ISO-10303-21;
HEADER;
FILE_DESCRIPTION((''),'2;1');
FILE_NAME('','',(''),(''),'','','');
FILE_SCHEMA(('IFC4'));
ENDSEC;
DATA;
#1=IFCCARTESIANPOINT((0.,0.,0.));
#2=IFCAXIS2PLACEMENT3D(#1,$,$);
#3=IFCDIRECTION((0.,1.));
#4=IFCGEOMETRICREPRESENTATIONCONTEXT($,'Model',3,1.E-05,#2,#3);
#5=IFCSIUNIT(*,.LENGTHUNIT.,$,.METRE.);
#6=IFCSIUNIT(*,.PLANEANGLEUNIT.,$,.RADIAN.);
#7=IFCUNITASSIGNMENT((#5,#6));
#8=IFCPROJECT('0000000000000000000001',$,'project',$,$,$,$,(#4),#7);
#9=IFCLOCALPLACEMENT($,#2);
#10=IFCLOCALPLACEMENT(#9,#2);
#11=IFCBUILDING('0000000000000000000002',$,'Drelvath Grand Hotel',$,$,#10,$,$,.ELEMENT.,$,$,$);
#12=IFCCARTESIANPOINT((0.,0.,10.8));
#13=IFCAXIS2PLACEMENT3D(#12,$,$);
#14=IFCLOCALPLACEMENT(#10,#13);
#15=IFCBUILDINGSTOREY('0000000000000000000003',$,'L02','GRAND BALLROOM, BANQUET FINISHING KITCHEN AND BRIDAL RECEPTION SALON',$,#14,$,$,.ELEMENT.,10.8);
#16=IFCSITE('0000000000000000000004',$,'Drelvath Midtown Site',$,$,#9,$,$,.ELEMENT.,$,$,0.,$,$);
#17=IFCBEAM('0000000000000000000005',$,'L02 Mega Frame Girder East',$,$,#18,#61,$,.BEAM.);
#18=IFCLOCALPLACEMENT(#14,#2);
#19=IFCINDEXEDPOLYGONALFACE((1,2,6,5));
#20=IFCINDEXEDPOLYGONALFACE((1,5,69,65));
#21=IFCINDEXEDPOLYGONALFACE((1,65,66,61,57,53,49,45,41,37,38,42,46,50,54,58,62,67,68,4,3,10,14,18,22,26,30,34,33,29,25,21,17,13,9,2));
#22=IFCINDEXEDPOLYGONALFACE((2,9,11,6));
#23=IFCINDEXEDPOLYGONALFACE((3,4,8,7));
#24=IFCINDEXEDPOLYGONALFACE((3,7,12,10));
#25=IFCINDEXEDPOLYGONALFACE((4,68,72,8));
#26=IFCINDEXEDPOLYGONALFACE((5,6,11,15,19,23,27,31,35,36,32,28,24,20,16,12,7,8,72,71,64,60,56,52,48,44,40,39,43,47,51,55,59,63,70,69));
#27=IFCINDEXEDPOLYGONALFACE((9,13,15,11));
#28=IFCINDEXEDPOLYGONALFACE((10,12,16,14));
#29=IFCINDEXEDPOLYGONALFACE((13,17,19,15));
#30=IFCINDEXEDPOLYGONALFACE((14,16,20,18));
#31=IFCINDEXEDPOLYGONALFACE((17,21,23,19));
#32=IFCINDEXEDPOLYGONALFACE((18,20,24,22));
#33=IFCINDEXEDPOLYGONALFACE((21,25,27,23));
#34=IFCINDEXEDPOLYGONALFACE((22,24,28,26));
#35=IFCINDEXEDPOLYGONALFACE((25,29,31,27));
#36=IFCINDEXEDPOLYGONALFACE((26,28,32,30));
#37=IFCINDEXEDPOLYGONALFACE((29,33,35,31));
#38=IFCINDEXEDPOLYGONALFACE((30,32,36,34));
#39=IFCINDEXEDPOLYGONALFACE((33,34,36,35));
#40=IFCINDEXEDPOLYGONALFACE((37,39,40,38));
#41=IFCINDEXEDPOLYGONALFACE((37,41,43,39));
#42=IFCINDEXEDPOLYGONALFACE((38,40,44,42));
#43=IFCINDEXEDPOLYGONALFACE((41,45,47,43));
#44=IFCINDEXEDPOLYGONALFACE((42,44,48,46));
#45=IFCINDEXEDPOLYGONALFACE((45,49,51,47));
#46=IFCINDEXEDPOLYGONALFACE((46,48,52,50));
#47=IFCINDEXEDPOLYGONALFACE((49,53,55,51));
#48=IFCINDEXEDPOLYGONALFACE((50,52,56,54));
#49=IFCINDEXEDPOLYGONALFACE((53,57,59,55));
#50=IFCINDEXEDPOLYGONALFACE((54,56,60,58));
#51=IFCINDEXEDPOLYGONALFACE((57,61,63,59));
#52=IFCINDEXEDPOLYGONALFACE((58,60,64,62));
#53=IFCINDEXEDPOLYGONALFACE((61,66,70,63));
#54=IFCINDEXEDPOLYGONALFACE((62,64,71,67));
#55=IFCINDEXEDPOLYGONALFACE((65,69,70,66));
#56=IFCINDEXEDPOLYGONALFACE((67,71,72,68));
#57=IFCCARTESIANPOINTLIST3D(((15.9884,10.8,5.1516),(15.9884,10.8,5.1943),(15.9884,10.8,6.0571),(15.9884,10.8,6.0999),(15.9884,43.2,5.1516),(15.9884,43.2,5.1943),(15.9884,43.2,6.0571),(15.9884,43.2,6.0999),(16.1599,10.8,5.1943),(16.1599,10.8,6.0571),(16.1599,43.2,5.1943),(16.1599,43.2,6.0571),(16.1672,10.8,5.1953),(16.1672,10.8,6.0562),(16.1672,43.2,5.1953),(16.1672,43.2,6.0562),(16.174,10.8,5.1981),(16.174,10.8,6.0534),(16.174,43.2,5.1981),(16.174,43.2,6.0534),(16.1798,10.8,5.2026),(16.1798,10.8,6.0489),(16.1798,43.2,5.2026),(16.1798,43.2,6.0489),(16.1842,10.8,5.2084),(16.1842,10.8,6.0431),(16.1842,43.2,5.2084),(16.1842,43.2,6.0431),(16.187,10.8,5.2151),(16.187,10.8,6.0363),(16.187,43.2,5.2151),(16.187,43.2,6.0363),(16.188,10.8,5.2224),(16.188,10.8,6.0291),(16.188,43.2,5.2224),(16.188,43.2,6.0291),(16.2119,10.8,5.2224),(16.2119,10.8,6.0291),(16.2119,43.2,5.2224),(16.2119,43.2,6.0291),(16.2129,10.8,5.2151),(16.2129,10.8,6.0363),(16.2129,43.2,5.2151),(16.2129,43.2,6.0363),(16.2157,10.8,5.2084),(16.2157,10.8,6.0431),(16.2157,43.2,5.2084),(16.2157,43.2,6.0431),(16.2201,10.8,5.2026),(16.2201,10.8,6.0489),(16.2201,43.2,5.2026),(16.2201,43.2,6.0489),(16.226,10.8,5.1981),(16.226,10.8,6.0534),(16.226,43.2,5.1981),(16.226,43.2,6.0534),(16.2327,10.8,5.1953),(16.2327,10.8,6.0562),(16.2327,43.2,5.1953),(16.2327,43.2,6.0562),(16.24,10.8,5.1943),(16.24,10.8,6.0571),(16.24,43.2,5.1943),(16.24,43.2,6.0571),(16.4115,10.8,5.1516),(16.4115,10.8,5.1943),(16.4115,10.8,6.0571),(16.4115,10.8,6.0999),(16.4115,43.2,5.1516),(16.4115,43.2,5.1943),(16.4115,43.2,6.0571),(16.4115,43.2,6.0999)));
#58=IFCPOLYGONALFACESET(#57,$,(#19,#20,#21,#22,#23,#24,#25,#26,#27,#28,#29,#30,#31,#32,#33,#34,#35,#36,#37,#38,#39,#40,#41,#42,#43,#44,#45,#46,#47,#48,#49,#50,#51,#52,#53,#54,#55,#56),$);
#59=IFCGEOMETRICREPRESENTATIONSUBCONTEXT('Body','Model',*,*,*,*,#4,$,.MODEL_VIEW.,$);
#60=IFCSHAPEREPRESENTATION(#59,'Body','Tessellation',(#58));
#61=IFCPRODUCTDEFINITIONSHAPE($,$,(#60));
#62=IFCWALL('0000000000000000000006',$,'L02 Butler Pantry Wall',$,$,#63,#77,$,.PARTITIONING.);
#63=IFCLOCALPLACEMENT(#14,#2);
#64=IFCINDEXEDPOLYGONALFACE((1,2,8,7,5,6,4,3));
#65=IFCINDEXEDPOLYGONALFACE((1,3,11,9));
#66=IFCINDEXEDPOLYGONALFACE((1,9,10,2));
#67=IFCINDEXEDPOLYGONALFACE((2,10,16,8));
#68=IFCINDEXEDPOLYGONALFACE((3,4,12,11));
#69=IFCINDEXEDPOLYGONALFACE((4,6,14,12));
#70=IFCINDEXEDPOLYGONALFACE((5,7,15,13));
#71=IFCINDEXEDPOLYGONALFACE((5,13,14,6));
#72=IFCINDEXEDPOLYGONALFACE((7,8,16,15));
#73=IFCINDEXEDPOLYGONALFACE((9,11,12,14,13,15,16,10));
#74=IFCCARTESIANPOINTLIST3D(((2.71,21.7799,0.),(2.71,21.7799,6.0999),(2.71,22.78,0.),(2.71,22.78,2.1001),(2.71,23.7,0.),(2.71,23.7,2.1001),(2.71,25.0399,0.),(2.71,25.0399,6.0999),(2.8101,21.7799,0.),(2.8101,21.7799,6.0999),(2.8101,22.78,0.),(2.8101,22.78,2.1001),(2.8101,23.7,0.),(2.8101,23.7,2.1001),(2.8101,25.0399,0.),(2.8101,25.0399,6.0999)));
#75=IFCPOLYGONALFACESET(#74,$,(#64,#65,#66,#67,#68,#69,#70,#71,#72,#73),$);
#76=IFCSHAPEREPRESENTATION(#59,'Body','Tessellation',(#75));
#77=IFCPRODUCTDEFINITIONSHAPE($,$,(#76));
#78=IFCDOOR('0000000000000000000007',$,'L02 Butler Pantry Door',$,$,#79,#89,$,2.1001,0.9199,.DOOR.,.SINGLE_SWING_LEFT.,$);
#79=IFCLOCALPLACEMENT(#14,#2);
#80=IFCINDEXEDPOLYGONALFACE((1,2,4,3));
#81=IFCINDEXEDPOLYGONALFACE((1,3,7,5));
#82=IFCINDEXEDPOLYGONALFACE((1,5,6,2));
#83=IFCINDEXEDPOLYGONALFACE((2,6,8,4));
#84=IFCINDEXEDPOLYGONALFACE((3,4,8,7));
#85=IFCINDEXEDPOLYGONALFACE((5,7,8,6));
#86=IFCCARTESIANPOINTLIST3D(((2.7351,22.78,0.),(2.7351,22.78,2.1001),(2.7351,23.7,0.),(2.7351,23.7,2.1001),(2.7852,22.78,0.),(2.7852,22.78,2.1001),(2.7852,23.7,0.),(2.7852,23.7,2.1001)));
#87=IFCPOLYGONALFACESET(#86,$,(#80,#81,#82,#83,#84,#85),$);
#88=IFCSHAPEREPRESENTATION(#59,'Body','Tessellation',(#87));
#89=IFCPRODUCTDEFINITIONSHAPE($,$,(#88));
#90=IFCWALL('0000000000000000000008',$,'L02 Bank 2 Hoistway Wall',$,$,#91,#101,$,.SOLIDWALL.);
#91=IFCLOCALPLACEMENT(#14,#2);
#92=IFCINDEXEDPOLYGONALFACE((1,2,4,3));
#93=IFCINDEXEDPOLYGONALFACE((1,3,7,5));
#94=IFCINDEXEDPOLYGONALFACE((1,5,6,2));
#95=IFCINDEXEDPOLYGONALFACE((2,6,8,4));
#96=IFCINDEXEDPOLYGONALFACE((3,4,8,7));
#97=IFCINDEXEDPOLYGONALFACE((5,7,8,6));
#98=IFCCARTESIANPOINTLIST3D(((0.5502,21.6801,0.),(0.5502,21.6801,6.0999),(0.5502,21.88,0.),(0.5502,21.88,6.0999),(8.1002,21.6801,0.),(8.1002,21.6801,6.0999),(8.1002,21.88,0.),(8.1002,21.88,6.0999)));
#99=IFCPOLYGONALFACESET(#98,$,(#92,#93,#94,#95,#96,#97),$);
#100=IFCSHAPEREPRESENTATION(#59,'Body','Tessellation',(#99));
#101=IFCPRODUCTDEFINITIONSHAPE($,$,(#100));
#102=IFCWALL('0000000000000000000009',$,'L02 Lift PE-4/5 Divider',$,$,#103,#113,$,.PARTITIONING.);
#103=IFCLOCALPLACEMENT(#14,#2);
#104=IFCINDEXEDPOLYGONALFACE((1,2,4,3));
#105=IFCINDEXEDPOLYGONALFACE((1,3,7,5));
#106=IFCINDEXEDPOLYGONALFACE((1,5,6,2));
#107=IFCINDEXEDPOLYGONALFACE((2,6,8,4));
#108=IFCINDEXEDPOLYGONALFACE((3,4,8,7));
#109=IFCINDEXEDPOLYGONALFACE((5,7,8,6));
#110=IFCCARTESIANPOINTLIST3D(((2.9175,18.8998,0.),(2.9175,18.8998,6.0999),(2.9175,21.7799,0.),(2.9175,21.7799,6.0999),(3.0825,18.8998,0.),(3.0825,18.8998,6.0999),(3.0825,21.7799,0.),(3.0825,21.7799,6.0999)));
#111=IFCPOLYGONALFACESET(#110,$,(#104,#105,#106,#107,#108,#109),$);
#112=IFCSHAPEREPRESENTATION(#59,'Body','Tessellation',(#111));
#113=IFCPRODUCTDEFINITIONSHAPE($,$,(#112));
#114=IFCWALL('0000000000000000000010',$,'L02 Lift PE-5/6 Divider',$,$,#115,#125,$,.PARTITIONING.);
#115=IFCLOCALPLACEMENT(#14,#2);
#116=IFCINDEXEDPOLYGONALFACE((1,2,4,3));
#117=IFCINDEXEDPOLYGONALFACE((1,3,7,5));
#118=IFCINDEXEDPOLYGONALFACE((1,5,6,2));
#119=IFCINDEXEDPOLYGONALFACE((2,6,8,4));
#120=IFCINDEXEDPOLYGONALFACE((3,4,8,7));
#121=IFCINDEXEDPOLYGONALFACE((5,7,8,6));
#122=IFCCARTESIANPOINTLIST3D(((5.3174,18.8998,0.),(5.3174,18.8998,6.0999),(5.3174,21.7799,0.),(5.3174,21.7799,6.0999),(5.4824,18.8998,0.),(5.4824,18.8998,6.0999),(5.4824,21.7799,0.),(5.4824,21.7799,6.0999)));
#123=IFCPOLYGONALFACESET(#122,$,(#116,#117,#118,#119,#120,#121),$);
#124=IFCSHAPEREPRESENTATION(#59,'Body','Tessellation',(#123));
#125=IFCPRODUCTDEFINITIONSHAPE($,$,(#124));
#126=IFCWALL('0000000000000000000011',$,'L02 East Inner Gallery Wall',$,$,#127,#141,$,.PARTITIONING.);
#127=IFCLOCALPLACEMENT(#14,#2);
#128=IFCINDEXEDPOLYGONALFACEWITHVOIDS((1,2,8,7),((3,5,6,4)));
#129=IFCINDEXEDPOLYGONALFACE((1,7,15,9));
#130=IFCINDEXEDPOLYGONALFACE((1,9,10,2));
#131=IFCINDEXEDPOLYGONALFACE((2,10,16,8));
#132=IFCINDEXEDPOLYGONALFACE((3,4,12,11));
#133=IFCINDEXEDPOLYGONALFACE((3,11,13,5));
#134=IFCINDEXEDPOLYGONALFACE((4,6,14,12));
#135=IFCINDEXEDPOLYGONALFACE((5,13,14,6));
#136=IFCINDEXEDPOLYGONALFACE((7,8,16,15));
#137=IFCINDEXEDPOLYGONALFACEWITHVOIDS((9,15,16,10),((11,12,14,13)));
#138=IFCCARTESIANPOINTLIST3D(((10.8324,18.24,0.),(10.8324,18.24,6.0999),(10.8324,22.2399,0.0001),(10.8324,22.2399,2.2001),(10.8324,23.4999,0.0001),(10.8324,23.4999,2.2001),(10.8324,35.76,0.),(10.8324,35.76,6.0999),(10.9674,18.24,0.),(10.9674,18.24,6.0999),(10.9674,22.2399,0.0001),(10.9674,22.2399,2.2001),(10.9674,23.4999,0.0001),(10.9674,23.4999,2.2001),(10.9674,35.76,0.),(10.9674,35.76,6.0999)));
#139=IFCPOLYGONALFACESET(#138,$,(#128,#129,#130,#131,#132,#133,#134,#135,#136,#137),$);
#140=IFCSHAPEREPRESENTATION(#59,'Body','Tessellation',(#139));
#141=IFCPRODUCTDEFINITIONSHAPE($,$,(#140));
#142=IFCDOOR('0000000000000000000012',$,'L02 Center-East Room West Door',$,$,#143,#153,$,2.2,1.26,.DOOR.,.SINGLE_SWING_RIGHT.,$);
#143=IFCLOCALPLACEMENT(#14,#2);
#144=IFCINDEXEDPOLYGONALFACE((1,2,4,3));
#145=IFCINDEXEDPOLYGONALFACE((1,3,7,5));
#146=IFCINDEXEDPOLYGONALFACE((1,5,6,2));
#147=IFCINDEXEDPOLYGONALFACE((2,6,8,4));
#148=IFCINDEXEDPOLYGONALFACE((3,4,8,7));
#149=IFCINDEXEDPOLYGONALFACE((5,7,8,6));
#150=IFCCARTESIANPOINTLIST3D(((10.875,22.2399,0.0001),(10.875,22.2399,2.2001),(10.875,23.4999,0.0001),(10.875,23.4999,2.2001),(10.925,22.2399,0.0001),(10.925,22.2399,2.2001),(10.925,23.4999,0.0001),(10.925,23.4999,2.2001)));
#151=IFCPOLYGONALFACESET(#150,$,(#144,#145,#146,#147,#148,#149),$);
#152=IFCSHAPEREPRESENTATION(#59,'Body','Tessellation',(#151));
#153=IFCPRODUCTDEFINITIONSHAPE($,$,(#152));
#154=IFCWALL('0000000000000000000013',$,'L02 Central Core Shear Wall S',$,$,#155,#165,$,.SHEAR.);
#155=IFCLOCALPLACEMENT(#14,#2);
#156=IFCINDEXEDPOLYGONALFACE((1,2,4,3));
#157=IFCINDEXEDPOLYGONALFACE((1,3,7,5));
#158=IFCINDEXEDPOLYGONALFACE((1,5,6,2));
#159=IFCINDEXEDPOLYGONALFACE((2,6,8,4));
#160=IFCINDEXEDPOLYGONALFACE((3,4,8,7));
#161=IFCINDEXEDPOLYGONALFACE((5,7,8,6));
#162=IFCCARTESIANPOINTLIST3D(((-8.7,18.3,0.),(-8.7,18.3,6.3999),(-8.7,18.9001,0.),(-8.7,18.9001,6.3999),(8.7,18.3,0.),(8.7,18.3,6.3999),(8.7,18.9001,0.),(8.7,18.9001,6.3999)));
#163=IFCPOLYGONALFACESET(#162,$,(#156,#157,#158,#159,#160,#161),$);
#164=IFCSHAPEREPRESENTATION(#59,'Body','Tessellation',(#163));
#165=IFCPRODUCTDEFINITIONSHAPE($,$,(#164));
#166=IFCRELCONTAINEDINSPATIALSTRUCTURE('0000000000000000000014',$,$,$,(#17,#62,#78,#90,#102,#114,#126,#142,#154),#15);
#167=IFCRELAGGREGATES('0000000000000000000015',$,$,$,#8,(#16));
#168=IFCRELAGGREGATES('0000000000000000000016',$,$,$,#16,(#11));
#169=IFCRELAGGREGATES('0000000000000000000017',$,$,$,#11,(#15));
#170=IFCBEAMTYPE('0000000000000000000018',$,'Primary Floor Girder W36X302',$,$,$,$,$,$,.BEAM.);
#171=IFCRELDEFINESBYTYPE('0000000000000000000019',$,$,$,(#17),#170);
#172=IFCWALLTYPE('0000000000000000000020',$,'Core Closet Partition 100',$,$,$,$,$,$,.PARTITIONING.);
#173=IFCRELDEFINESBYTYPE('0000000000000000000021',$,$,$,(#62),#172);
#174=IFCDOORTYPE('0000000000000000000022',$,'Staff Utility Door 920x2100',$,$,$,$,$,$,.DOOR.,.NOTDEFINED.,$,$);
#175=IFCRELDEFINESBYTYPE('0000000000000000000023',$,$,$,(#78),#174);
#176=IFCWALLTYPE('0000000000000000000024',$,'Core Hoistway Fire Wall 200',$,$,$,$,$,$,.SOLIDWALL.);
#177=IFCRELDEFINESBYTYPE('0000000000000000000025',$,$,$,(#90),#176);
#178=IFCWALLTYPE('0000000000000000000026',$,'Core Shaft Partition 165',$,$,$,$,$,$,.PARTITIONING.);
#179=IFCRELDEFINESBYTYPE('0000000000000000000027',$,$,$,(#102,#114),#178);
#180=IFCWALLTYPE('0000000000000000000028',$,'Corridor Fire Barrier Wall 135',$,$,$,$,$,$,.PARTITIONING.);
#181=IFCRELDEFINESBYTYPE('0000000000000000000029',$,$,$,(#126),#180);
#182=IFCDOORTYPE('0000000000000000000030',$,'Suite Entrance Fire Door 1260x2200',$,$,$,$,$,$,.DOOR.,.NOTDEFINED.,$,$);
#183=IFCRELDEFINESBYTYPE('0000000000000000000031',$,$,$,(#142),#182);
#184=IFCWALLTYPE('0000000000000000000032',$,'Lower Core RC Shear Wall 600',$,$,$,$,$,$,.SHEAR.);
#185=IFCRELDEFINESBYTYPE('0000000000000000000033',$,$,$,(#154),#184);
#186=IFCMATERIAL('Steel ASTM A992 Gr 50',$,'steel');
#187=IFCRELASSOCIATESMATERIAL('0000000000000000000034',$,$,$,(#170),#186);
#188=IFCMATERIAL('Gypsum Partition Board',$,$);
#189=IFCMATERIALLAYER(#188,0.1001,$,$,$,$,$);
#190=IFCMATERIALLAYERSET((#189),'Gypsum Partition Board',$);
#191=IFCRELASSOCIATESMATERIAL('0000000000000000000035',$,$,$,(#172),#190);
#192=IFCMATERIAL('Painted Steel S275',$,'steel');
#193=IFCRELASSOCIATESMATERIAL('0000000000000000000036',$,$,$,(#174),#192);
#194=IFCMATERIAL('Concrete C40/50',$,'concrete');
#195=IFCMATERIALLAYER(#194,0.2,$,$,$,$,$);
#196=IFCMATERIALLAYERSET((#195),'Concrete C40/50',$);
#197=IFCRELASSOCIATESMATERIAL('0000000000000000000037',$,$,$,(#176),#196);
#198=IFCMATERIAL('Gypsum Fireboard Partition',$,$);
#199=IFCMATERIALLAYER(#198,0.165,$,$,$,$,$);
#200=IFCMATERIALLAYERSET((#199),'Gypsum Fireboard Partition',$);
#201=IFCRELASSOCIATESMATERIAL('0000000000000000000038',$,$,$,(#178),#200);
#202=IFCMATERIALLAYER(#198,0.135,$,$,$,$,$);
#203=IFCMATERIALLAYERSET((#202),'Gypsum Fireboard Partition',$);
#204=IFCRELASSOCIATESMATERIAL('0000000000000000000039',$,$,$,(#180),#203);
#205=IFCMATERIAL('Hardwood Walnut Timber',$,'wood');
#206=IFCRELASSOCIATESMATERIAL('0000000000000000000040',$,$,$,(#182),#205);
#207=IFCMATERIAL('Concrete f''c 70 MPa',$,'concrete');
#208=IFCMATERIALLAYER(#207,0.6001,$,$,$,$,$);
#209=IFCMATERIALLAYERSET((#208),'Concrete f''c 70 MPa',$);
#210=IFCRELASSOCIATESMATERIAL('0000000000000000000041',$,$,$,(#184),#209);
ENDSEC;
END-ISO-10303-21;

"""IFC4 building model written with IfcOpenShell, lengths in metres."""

from ifc_helpers import new_model, si_unit, direction, frame, frame_2d, origin, origin_2d, place, context, subcontext, project, spatial, rectangle, i_section, extrude, material, layer, layer_set, material_profile, profile_set, type_object, element, fill, save


model = new_model("IFC4")

# Units and contexts
model_context = context("Model", 3, precision=1e-05, world=origin(), true_north=direction((0.0, 1.0)))
body_context = subcontext(model_context, "Body", "Model", "MODEL_VIEW")
ifc_project = project(units=[si_unit("LENGTHUNIT", "METRE"), si_unit("PLANEANGLEUNIT", "RADIAN")], contexts=[model_context])

# Site, building, storey
site_placement = place(None, origin())
site = spatial("IfcSite", under=ifc_project, at=site_placement, Name="Drelvath Midtown Site", CompositionType="ELEMENT", RefElevation=0.0)
building_placement = place(site_placement, origin())
building = spatial("IfcBuilding", under=site, at=building_placement, Name="Drelvath Grand Hotel", CompositionType="ELEMENT")
storey_placement = place(building_placement, frame((0.0, 0.0, 10.8)))
storey = spatial("IfcBuildingStorey", under=building, at=storey_placement, Name="L02", Description="GRAND BALLROOM, BANQUET FINISHING KITCHEN AND BRIDAL RECEPTION SALON", CompositionType="ELEMENT", Elevation=10.8)

# Beam
ifc_material_1 = material(Name="Steel ASTM A992 Gr 50", Category="steel")
ifc_material_2 = material(Name="Concrete f'c 70 MPa", Category="concrete")
ifc_material_profile_1 = material_profile(ifc_material_1, i_section(OverallWidth=0.4231, OverallDepth=0.9482, WebThickness=0.0239, FlangeThickness=0.0427, FilletRadius=0.0281, at=origin_2d()), Name="W36X302")
ifc_profile_set_1 = profile_set([ifc_material_profile_1], Name="Steel ASTM A992 Gr 50")
beam_type_1 = type_object("IfcBeamType", Name="Primary Floor Girder W36X302", PredefinedType="BEAM", material=ifc_profile_set_1)
beam_1_placement = place(storey_placement, frame((16.2, 10.8, 5.6257), z_axis=(0.0, 1.0, 0.0), x_axis=(-1.0, 0.0, 0.0)))
element("IfcBeam", 1, at=beam_1_placement, inside=storey, type_object=beam_type_1, Name="L02 Mega Frame Girder East", PredefinedType="BEAM", context=body_context, shape_type="SweptSolid", body=[
    extrude(i_section(OverallWidth=0.4231, OverallDepth=0.9482, WebThickness=0.0239, FlangeThickness=0.0427, FilletRadius=0.0281, at=origin_2d()), origin(), (0.0, 0.0, 1.0), 32.3999),
])

# Wall, opening, door
ifc_material_3 = material(Name="Gypsum Partition Board")
ifc_layer_1 = layer(ifc_material_3, 0.1001)
ifc_layer_set_1 = layer_set([ifc_layer_1], Name="Gypsum Partition Board")
wall_type_1 = type_object("IfcWallType", Name="Core Closet Partition 100", PredefinedType="PARTITIONING", material=ifc_layer_set_1)
wall_1_placement = place(storey_placement, frame((2.76, 21.78, 0.0), z_axis=(0.0, 0.0, 1.0), x_axis=(0.0, 1.0, 0.0)))
wall_1 = element("IfcWall", 2, at=wall_1_placement, inside=storey, type_object=wall_type_1, Name="L02 Butler Pantry Wall", PredefinedType="PARTITIONING", context=body_context, shape_type="SweptSolid", body=[
    extrude(rectangle(XDim=3.26, YDim=0.1001, at=frame_2d((1.6299, 0.0))), origin(), (0.0, 0.0, 1.0), 6.0999),
])
opening_1_placement = place(wall_1_placement, frame((1.0, 0.0, 0.0)))
opening_1 = element("IfcOpeningElement", 3, at=opening_1_placement, cuts=wall_1, PredefinedType="OPENING", context=body_context, shape_type="SweptSolid", body=[
    extrude(rectangle(XDim=0.9199, YDim=2.1001, at=frame_2d((0.46, 1.05))), frame((0.0, 0.0601, 0.0), z_axis=(0.0, -1.0, 0.0), x_axis=(1.0, 0.0, 0.0)), (0.0, 0.0, 1.0), 0.1201),
])
ifc_material_4 = material(Name="Painted Steel S275", Category="steel")
door_type_1 = type_object("IfcDoorType", Name="Staff Utility Door 920x2100", OperationType="NOTDEFINED", PredefinedType="DOOR", material=ifc_material_4)
door_1_placement = place(opening_1_placement, origin())
door_1 = element("IfcDoor", 4, at=door_1_placement, inside=storey, type_object=door_type_1, Name="L02 Butler Pantry Door", OperationType="SINGLE_SWING_LEFT", OverallHeight=2.1001, OverallWidth=0.9199, PredefinedType="DOOR", context=body_context, shape_type="SweptSolid", body=[
    extrude(rectangle(XDim=0.9199, YDim=2.1001, at=frame_2d((0.46, 1.05))), frame((0.0, 0.0249, 0.0), z_axis=(0.0, -1.0, 0.0), x_axis=(1.0, 0.0, 0.0)), (0.0, 0.0, 1.0), 0.05),
])
fill(opening_1, door_1)

# Walls
ifc_material_5 = material(Name="Concrete C40/50", Category="concrete")
ifc_layer_2 = layer(ifc_material_5, 0.2)
ifc_layer_set_2 = layer_set([ifc_layer_2], Name="Concrete C40/50")
wall_type_2 = type_object("IfcWallType", Name="Core Hoistway Fire Wall 200", PredefinedType="SOLIDWALL", material=ifc_layer_set_2)
wall_2_placement = place(storey_placement, frame((8.1001, 21.78, 0.0), z_axis=(0.0, 0.0, 1.0), x_axis=(-1.0, 0.0, 0.0)))
element("IfcWall", 5, at=wall_2_placement, inside=storey, type_object=wall_type_2, Name="L02 Bank 2 Hoistway Wall", PredefinedType="SOLIDWALL", context=body_context, shape_type="SweptSolid", body=[
    extrude(rectangle(XDim=7.55, YDim=0.2, at=frame_2d((3.7749, 0.0))), origin(), (0.0, 0.0, 1.0), 6.0999),
])
ifc_material_6 = material(Name="Gypsum Fireboard Partition")
ifc_layer_3 = layer(ifc_material_6, 0.165)
ifc_layer_set_3 = layer_set([ifc_layer_3], Name="Gypsum Fireboard Partition")
wall_type_3 = type_object("IfcWallType", Name="Core Shaft Partition 165", PredefinedType="PARTITIONING", material=ifc_layer_set_3)
for number, where, z_axis, x_axis, name in (
    (6, (3.0, 18.8999, 0.0), (0.0, 0.0, 1.0), (0.0, 1.0, 0.0), "L02 Lift PE-4/5 Divider"),
    (7, (5.3999, 18.8999, 0.0), (0.0, 0.0, 1.0), (0.0, 1.0, 0.0), "L02 Lift PE-5/6 Divider"),
):
    element("IfcWall", number, at=place(storey_placement, frame(where, z_axis=z_axis, x_axis=x_axis)), inside=storey, type_object=wall_type_3, Name=name, PredefinedType="PARTITIONING", context=body_context, shape_type="SweptSolid", body=[
        extrude(rectangle(XDim=2.8801, YDim=0.165, at=frame_2d((1.4399, 0.0))), origin(), (0.0, 0.0, 1.0), 6.0999),
    ])

# Wall, opening, door
ifc_layer_4 = layer(ifc_material_6, 0.135)
ifc_layer_set_4 = layer_set([ifc_layer_4], Name="Gypsum Fireboard Partition")
wall_type_4 = type_object("IfcWallType", Name="Corridor Fire Barrier Wall 135", PredefinedType="PARTITIONING", material=ifc_layer_set_4)
wall_3_placement = place(storey_placement, frame((10.8999, 18.24, 0.0), z_axis=(0.0, 0.0, 1.0), x_axis=(0.0, 1.0, 0.0)))
wall_3 = element("IfcWall", 8, at=wall_3_placement, inside=storey, type_object=wall_type_4, Name="L02 East Inner Gallery Wall", PredefinedType="PARTITIONING", context=body_context, shape_type="SweptSolid", body=[
    extrude(rectangle(XDim=17.52, YDim=0.135, at=frame_2d((8.76, 0.0))), origin(), (0.0, 0.0, 1.0), 6.0999),
])
opening_2_placement = place(wall_3_placement, frame((4.0, 0.0, 0.0)))
opening_2 = element("IfcOpeningElement", 9, at=opening_2_placement, cuts=wall_3, PredefinedType="OPENING", context=body_context, shape_type="SweptSolid", body=[
    extrude(rectangle(XDim=1.26, YDim=2.2, at=frame_2d((0.6299, 1.1001))), frame((0.0, 0.0774, 0.0), z_axis=(0.0, -1.0, 0.0), x_axis=(1.0, 0.0, 0.0)), (0.0, 0.0, 1.0), 0.155),
])
ifc_material_7 = material(Name="Hardwood Walnut Timber", Category="wood")
door_type_2 = type_object("IfcDoorType", Name="Suite Entrance Fire Door 1260x2200", OperationType="NOTDEFINED", PredefinedType="DOOR", material=ifc_material_7)
door_2_placement = place(opening_2_placement, origin())
door_2 = element("IfcDoor", 10, at=door_2_placement, inside=storey, type_object=door_type_2, Name="L02 Center-East Room West Door", OperationType="SINGLE_SWING_RIGHT", OverallHeight=2.2, OverallWidth=1.26, PredefinedType="DOOR", context=body_context, shape_type="SweptSolid", body=[
    extrude(rectangle(XDim=1.26, YDim=2.2, at=frame_2d((0.6299, 1.1001))), frame((0.0, 0.0249, 0.0), z_axis=(0.0, -1.0, 0.0), x_axis=(1.0, 0.0, 0.0)), (0.0, 0.0, 1.0), 0.05),
])
fill(opening_2, door_2)

# Wall
ifc_layer_5 = layer(ifc_material_2, 0.6001)
ifc_layer_set_5 = layer_set([ifc_layer_5], Name="Concrete f'c 70 MPa")
wall_type_5 = type_object("IfcWallType", Name="Lower Core RC Shear Wall 600", PredefinedType="SHEAR", material=ifc_layer_set_5)
wall_4_placement = place(storey_placement, frame((8.7, 18.6001, 0.0), z_axis=(0.0, 0.0, 1.0), x_axis=(-1.0, 0.0, 0.0)))
element("IfcWall", 11, at=wall_4_placement, inside=storey, type_object=wall_type_5, Name="L02 Central Core Shear Wall S", PredefinedType="SHEAR", context=body_context, shape_type="SweptSolid", body=[
    extrude(rectangle(XDim=17.3999, YDim=0.6001, at=frame_2d((8.7, 0.0))), origin(), (0.0, 0.0, 1.0), 6.3999),
])

save(model, "model.ifc")
